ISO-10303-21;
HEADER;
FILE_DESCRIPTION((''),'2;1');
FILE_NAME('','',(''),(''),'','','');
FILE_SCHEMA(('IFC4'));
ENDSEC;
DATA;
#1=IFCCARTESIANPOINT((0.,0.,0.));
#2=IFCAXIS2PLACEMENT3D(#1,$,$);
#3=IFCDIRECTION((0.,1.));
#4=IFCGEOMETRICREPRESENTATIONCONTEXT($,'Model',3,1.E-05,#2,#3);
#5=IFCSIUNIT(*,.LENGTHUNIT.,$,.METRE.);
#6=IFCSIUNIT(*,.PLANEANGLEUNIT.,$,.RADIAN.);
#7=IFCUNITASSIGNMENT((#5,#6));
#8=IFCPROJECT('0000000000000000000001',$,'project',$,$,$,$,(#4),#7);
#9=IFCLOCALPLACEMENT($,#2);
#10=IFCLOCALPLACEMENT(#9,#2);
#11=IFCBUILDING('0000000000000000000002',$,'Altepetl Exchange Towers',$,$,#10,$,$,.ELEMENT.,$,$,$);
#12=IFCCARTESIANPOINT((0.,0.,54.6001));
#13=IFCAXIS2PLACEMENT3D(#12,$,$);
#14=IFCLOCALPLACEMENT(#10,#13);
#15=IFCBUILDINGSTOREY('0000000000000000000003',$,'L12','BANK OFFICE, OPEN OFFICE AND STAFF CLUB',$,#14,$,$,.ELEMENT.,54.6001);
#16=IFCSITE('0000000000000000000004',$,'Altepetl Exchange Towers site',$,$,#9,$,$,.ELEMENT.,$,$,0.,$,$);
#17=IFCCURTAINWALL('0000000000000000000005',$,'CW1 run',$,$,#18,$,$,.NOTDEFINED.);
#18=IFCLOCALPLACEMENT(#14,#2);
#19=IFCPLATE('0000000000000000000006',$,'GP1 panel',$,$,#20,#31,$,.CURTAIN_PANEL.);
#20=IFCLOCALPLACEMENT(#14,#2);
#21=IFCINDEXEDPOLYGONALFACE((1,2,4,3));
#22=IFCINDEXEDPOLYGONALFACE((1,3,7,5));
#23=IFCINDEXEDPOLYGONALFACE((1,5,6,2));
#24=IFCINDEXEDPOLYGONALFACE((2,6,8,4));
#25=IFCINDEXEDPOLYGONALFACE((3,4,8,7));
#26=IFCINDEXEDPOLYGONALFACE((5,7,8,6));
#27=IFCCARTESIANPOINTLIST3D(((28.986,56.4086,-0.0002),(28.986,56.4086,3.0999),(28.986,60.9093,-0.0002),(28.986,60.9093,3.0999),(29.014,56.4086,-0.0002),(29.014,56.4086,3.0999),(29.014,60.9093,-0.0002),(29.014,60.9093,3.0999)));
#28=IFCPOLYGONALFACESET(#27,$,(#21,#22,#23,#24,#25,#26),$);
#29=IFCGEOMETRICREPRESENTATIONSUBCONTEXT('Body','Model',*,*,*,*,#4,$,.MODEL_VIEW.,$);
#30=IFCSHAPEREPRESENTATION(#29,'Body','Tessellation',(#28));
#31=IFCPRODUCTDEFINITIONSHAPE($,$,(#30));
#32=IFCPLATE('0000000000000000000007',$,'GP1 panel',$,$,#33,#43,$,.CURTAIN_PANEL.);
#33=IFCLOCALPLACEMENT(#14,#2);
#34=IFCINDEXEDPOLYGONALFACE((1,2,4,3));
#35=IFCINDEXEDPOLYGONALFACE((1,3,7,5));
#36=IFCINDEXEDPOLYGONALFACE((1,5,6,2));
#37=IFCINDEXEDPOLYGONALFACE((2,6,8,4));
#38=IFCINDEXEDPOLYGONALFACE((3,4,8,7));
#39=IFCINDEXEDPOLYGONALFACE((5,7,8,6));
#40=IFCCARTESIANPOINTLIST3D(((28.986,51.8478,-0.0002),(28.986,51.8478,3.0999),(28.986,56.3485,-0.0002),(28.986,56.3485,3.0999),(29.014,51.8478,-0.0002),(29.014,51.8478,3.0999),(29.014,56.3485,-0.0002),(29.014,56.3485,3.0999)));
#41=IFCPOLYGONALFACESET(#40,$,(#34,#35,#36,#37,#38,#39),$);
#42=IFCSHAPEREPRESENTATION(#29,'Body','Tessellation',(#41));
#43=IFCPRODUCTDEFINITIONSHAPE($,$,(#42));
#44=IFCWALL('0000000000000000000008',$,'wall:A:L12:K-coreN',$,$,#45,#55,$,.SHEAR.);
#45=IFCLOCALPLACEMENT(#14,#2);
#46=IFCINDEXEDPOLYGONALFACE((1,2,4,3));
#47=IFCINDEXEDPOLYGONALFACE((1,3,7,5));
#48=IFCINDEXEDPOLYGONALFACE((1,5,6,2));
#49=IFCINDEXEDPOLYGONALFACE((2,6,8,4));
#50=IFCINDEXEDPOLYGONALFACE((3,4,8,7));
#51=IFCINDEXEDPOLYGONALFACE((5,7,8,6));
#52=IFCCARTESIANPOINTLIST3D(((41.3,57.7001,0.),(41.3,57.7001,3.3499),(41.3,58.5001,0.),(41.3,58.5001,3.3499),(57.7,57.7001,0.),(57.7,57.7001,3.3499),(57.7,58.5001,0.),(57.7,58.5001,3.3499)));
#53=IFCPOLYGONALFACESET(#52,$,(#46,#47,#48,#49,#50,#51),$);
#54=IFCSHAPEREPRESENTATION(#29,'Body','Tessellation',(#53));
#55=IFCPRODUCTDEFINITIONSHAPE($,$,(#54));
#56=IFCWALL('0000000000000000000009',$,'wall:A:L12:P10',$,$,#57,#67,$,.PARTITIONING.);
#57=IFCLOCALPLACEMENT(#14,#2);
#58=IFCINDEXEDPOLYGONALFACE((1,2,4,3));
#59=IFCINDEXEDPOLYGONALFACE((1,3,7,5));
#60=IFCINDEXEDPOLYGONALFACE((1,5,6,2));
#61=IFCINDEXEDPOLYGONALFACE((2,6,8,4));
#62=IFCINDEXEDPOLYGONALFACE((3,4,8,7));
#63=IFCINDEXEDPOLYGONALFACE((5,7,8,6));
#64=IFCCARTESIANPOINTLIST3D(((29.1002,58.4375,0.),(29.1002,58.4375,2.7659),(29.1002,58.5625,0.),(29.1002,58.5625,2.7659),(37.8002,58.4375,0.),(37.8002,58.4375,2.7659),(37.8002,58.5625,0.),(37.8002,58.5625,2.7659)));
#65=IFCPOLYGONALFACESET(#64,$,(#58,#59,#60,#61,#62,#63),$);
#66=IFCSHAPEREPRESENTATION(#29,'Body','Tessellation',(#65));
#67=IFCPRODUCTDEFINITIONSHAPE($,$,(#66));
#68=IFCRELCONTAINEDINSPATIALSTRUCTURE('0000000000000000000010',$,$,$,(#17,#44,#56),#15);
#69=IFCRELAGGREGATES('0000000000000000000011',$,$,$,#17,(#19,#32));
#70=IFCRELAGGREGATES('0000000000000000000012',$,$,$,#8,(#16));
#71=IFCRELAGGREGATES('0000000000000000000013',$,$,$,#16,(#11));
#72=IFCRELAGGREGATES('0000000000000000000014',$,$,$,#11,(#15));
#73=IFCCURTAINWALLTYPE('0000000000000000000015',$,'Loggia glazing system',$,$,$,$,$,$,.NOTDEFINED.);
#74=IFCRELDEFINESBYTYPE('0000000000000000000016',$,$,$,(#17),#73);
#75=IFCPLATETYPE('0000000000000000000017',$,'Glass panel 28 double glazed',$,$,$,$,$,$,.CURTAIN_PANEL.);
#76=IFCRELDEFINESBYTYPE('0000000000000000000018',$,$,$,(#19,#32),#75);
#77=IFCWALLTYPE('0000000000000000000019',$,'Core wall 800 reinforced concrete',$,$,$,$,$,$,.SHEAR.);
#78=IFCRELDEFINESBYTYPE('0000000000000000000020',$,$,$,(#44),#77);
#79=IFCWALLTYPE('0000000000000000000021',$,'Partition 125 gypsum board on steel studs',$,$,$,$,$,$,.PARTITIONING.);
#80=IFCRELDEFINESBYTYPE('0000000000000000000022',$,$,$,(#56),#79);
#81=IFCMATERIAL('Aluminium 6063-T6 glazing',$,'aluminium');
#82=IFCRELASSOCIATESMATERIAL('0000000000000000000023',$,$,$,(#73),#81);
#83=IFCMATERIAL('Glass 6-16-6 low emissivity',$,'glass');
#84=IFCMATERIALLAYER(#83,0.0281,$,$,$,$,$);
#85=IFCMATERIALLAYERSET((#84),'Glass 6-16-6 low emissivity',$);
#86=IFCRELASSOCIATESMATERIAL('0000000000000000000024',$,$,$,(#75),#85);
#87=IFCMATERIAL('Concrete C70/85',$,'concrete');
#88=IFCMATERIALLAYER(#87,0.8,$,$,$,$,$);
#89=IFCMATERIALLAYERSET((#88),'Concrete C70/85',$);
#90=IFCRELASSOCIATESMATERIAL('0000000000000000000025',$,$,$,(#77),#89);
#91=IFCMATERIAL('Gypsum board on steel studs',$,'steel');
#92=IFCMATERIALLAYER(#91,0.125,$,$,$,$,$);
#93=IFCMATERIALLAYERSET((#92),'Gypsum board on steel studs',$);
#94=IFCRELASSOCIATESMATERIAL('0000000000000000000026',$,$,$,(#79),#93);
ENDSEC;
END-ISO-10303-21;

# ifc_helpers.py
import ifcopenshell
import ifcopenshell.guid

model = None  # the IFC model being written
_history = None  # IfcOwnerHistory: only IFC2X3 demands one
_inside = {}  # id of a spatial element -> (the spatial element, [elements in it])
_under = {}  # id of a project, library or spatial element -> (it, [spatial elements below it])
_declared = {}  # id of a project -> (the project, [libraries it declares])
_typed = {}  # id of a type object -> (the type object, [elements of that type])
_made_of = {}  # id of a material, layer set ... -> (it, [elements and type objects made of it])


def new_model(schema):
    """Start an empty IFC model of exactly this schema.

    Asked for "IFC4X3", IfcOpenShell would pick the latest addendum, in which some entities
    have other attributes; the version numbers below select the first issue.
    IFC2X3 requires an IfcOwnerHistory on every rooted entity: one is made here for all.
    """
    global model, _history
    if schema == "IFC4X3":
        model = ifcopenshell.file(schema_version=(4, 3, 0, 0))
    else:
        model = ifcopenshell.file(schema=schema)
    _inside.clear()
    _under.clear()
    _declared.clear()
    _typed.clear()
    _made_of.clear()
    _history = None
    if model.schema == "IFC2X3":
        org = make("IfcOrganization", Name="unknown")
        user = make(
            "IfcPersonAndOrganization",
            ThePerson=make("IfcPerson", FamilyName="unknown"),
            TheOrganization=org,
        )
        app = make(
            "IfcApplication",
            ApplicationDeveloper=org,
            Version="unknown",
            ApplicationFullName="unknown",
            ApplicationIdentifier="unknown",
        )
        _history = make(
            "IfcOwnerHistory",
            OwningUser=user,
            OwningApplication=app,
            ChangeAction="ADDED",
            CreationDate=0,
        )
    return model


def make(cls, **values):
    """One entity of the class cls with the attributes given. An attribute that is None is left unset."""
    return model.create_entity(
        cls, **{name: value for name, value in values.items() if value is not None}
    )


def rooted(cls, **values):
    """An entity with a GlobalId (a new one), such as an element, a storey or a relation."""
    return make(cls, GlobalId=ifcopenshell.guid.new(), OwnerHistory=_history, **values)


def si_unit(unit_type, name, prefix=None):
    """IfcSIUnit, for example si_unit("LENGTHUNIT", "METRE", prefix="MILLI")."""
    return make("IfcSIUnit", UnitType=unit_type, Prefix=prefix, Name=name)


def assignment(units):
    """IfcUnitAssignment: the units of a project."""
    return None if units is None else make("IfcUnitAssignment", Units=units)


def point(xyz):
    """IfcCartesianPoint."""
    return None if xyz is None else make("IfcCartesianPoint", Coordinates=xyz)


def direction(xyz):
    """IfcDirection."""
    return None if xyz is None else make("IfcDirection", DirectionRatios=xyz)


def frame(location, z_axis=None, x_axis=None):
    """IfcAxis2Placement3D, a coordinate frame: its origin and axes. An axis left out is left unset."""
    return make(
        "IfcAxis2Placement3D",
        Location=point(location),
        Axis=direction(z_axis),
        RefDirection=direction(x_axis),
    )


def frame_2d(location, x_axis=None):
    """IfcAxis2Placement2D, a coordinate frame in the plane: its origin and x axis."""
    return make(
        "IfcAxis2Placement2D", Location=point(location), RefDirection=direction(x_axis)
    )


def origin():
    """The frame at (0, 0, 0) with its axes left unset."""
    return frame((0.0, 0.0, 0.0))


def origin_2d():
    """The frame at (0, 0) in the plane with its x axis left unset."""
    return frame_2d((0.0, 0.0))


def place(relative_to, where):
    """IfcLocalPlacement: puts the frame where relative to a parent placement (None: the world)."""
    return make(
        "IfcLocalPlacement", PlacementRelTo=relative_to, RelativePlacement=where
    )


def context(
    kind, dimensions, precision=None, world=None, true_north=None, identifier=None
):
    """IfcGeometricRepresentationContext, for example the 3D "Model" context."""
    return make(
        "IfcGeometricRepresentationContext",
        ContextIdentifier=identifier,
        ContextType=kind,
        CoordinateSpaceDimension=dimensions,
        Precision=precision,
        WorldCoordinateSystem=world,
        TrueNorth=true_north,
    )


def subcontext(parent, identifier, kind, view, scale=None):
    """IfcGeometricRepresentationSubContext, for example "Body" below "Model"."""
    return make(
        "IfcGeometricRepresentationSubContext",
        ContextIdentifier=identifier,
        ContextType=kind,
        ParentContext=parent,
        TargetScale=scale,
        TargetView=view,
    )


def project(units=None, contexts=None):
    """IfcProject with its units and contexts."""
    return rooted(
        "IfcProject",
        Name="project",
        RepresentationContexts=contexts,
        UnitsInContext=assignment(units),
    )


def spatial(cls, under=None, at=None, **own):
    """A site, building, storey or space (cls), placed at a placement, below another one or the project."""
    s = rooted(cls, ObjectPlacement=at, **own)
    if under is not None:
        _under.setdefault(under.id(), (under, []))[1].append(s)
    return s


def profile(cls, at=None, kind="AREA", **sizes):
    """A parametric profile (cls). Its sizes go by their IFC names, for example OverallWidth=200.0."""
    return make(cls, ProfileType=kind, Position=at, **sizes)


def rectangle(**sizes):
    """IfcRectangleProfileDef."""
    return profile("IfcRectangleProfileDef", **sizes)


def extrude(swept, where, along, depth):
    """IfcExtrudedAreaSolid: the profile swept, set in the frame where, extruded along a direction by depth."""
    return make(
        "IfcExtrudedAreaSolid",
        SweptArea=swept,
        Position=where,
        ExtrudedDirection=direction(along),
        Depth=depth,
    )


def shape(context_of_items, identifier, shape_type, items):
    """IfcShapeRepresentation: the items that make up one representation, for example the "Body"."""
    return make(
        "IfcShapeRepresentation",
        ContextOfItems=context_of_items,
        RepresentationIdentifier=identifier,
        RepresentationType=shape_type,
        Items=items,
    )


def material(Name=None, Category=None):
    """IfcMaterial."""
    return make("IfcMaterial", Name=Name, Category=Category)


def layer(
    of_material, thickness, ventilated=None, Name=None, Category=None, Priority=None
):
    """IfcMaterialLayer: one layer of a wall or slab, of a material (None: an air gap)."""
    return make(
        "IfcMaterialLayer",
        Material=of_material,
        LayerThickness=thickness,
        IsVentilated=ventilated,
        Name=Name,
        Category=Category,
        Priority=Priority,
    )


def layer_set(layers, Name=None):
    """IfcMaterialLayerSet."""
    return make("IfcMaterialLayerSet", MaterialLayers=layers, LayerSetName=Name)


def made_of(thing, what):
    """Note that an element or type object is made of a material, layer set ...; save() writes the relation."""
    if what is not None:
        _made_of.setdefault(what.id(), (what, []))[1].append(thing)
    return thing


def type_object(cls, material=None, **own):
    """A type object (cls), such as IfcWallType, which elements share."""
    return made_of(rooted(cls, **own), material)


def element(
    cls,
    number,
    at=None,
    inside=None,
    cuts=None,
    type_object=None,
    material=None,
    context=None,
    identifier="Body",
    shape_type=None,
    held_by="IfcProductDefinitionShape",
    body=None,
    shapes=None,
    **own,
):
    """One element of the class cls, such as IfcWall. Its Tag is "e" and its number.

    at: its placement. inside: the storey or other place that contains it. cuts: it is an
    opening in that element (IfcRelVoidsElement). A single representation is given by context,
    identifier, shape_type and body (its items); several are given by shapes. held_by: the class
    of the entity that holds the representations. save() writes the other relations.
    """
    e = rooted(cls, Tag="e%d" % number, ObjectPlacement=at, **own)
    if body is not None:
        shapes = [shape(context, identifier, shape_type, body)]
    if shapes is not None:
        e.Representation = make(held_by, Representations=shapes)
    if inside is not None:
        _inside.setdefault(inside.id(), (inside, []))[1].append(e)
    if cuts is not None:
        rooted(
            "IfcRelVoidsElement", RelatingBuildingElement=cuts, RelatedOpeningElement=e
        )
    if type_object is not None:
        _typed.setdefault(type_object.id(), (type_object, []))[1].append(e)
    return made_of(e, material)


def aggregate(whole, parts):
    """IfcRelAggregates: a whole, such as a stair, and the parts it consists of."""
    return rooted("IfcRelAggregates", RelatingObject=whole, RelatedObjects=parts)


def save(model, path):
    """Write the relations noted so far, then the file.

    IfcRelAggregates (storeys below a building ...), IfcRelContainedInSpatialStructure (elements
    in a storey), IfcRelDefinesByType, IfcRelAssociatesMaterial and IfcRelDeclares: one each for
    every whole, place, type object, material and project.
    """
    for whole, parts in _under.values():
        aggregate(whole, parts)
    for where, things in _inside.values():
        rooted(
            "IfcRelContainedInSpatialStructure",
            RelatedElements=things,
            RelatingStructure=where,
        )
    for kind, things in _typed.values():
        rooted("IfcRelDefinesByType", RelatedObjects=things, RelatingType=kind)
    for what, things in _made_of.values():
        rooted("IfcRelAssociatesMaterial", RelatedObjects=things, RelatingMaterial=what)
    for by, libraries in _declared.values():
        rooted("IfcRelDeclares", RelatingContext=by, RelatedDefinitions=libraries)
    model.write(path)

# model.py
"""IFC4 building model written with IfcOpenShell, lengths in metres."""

from ifc_helpers import new_model, si_unit, direction, frame, frame_2d, origin, origin_2d, place, context, subcontext, project, spatial, rectangle, extrude, material, layer, layer_set, type_object, element, aggregate, save


model = new_model("IFC4")

# Units and contexts
model_context = context("Model", 3, precision=1e-05, world=origin(), true_north=direction((0.0, 1.0)))
body_context = subcontext(model_context, "Body", "Model", "MODEL_VIEW")
ifc_project = project(units=[si_unit("LENGTHUNIT", "METRE"), si_unit("PLANEANGLEUNIT", "RADIAN")], contexts=[model_context])

# Site, building, storey
site_placement = place(None, origin())
site = spatial("IfcSite", under=ifc_project, at=site_placement, Name="Altepetl Exchange Towers site", CompositionType="ELEMENT", RefElevation=0.0)
building_placement = place(site_placement, origin())
building = spatial("IfcBuilding", under=site, at=building_placement, Name="Altepetl Exchange Towers", CompositionType="ELEMENT")
storey_placement = place(building_placement, frame((0.0, 0.0, 54.6001)))
storey = spatial("IfcBuildingStorey", under=building, at=storey_placement, Name="L12", Description="BANK OFFICE, OPEN OFFICE AND STAFF CLUB", CompositionType="ELEMENT", Elevation=54.6001)

# Shared definitions
ifc_material_1 = material(Name="Concrete C70/85", Category="concrete")

# Curtain wall
ifc_material_2 = material(Name="Aluminium 6063-T6 glazing", Category="aluminium")
curtain_wall_type = type_object("IfcCurtainWallType", Name="Loggia glazing system", PredefinedType="NOTDEFINED", material=ifc_material_2)
curtain_wall_placement = place(storey_placement, origin())
curtain_wall = element("IfcCurtainWall", 1, at=curtain_wall_placement, inside=storey, type_object=curtain_wall_type, Name="CW1 run", PredefinedType="NOTDEFINED")

# Plates
ifc_material_3 = material(Name="Glass 6-16-6 low emissivity", Category="glass")
ifc_layer_1 = layer(ifc_material_3, 0.0281)
ifc_layer_set_1 = layer_set([ifc_layer_1], Name="Glass 6-16-6 low emissivity")
plate_type = type_object("IfcPlateType", Name="Glass panel 28 double glazed", PredefinedType="CURTAIN_PANEL", material=ifc_layer_set_1)
plate_1_placement = place(storey_placement, frame((29.0, 58.6589, -0.0002), z_axis=(0.0, 0.0, 1.0), x_axis=(0.0, -1.0, 0.0)))
plate_1 = element("IfcPlate", 2, at=plate_1_placement, type_object=plate_type, Name="GP1 panel", PredefinedType="CURTAIN_PANEL", context=body_context, shape_type="SweptSolid", body=[
    extrude(rectangle(XDim=4.5007, YDim=0.0281, at=origin_2d()), origin(), (0.0, 0.0, 1.0), 3.1001),
])
plate_2_placement = place(storey_placement, frame((29.0, 54.0981, -0.0002), z_axis=(0.0, 0.0, 1.0), x_axis=(0.0, -1.0, 0.0)))
plate_2 = element("IfcPlate", 3, at=plate_2_placement, type_object=plate_type, Name="GP1 panel", PredefinedType="CURTAIN_PANEL", context=body_context, shape_type="SweptSolid", body=[
    extrude(rectangle(XDim=4.5007, YDim=0.0281, at=origin_2d()), origin(), (0.0, 0.0, 1.0), 3.1001),
])
aggregate(curtain_wall, [plate_1, plate_2])

# Walls
ifc_layer_2 = layer(ifc_material_1, 0.8)
ifc_layer_set_2 = layer_set([ifc_layer_2], Name="Concrete C70/85")
wall_type_1 = type_object("IfcWallType", Name="Core wall 800 reinforced concrete", PredefinedType="SHEAR", material=ifc_layer_set_2)
wall_1_placement = place(storey_placement, frame((41.3, 58.1001, 0.0)))
element("IfcWall", 4, at=wall_1_placement, inside=storey, type_object=wall_type_1, Name="wall:A:L12:K-coreN", PredefinedType="SHEAR", context=body_context, shape_type="SweptSolid", body=[
    extrude(rectangle(XDim=16.3999, YDim=0.8, at=frame_2d((8.2, 0.0))), origin(), (0.0, 0.0, 1.0), 3.3499),
])
ifc_material_4 = material(Name="Gypsum board on steel studs", Category="steel")
ifc_layer_3 = layer(ifc_material_4, 0.125)
ifc_layer_set_3 = layer_set([ifc_layer_3], Name="Gypsum board on steel studs")
wall_type_2 = type_object("IfcWallType", Name="Partition 125 gypsum board on steel studs", PredefinedType="PARTITIONING", material=ifc_layer_set_3)
wall_2_placement = place(storey_placement, frame((29.1001, 58.5, 0.0)))
element("IfcWall", 5, at=wall_2_placement, inside=storey, type_object=wall_type_2, Name="wall:A:L12:P10", PredefinedType="PARTITIONING", context=body_context, shape_type="SweptSolid", body=[
    extrude(rectangle(XDim=8.7, YDim=0.125, at=frame_2d((4.3501, 0.0))), origin(), (0.0, 0.0, 1.0), 2.7659),
])

save(model, "model.ifc")
